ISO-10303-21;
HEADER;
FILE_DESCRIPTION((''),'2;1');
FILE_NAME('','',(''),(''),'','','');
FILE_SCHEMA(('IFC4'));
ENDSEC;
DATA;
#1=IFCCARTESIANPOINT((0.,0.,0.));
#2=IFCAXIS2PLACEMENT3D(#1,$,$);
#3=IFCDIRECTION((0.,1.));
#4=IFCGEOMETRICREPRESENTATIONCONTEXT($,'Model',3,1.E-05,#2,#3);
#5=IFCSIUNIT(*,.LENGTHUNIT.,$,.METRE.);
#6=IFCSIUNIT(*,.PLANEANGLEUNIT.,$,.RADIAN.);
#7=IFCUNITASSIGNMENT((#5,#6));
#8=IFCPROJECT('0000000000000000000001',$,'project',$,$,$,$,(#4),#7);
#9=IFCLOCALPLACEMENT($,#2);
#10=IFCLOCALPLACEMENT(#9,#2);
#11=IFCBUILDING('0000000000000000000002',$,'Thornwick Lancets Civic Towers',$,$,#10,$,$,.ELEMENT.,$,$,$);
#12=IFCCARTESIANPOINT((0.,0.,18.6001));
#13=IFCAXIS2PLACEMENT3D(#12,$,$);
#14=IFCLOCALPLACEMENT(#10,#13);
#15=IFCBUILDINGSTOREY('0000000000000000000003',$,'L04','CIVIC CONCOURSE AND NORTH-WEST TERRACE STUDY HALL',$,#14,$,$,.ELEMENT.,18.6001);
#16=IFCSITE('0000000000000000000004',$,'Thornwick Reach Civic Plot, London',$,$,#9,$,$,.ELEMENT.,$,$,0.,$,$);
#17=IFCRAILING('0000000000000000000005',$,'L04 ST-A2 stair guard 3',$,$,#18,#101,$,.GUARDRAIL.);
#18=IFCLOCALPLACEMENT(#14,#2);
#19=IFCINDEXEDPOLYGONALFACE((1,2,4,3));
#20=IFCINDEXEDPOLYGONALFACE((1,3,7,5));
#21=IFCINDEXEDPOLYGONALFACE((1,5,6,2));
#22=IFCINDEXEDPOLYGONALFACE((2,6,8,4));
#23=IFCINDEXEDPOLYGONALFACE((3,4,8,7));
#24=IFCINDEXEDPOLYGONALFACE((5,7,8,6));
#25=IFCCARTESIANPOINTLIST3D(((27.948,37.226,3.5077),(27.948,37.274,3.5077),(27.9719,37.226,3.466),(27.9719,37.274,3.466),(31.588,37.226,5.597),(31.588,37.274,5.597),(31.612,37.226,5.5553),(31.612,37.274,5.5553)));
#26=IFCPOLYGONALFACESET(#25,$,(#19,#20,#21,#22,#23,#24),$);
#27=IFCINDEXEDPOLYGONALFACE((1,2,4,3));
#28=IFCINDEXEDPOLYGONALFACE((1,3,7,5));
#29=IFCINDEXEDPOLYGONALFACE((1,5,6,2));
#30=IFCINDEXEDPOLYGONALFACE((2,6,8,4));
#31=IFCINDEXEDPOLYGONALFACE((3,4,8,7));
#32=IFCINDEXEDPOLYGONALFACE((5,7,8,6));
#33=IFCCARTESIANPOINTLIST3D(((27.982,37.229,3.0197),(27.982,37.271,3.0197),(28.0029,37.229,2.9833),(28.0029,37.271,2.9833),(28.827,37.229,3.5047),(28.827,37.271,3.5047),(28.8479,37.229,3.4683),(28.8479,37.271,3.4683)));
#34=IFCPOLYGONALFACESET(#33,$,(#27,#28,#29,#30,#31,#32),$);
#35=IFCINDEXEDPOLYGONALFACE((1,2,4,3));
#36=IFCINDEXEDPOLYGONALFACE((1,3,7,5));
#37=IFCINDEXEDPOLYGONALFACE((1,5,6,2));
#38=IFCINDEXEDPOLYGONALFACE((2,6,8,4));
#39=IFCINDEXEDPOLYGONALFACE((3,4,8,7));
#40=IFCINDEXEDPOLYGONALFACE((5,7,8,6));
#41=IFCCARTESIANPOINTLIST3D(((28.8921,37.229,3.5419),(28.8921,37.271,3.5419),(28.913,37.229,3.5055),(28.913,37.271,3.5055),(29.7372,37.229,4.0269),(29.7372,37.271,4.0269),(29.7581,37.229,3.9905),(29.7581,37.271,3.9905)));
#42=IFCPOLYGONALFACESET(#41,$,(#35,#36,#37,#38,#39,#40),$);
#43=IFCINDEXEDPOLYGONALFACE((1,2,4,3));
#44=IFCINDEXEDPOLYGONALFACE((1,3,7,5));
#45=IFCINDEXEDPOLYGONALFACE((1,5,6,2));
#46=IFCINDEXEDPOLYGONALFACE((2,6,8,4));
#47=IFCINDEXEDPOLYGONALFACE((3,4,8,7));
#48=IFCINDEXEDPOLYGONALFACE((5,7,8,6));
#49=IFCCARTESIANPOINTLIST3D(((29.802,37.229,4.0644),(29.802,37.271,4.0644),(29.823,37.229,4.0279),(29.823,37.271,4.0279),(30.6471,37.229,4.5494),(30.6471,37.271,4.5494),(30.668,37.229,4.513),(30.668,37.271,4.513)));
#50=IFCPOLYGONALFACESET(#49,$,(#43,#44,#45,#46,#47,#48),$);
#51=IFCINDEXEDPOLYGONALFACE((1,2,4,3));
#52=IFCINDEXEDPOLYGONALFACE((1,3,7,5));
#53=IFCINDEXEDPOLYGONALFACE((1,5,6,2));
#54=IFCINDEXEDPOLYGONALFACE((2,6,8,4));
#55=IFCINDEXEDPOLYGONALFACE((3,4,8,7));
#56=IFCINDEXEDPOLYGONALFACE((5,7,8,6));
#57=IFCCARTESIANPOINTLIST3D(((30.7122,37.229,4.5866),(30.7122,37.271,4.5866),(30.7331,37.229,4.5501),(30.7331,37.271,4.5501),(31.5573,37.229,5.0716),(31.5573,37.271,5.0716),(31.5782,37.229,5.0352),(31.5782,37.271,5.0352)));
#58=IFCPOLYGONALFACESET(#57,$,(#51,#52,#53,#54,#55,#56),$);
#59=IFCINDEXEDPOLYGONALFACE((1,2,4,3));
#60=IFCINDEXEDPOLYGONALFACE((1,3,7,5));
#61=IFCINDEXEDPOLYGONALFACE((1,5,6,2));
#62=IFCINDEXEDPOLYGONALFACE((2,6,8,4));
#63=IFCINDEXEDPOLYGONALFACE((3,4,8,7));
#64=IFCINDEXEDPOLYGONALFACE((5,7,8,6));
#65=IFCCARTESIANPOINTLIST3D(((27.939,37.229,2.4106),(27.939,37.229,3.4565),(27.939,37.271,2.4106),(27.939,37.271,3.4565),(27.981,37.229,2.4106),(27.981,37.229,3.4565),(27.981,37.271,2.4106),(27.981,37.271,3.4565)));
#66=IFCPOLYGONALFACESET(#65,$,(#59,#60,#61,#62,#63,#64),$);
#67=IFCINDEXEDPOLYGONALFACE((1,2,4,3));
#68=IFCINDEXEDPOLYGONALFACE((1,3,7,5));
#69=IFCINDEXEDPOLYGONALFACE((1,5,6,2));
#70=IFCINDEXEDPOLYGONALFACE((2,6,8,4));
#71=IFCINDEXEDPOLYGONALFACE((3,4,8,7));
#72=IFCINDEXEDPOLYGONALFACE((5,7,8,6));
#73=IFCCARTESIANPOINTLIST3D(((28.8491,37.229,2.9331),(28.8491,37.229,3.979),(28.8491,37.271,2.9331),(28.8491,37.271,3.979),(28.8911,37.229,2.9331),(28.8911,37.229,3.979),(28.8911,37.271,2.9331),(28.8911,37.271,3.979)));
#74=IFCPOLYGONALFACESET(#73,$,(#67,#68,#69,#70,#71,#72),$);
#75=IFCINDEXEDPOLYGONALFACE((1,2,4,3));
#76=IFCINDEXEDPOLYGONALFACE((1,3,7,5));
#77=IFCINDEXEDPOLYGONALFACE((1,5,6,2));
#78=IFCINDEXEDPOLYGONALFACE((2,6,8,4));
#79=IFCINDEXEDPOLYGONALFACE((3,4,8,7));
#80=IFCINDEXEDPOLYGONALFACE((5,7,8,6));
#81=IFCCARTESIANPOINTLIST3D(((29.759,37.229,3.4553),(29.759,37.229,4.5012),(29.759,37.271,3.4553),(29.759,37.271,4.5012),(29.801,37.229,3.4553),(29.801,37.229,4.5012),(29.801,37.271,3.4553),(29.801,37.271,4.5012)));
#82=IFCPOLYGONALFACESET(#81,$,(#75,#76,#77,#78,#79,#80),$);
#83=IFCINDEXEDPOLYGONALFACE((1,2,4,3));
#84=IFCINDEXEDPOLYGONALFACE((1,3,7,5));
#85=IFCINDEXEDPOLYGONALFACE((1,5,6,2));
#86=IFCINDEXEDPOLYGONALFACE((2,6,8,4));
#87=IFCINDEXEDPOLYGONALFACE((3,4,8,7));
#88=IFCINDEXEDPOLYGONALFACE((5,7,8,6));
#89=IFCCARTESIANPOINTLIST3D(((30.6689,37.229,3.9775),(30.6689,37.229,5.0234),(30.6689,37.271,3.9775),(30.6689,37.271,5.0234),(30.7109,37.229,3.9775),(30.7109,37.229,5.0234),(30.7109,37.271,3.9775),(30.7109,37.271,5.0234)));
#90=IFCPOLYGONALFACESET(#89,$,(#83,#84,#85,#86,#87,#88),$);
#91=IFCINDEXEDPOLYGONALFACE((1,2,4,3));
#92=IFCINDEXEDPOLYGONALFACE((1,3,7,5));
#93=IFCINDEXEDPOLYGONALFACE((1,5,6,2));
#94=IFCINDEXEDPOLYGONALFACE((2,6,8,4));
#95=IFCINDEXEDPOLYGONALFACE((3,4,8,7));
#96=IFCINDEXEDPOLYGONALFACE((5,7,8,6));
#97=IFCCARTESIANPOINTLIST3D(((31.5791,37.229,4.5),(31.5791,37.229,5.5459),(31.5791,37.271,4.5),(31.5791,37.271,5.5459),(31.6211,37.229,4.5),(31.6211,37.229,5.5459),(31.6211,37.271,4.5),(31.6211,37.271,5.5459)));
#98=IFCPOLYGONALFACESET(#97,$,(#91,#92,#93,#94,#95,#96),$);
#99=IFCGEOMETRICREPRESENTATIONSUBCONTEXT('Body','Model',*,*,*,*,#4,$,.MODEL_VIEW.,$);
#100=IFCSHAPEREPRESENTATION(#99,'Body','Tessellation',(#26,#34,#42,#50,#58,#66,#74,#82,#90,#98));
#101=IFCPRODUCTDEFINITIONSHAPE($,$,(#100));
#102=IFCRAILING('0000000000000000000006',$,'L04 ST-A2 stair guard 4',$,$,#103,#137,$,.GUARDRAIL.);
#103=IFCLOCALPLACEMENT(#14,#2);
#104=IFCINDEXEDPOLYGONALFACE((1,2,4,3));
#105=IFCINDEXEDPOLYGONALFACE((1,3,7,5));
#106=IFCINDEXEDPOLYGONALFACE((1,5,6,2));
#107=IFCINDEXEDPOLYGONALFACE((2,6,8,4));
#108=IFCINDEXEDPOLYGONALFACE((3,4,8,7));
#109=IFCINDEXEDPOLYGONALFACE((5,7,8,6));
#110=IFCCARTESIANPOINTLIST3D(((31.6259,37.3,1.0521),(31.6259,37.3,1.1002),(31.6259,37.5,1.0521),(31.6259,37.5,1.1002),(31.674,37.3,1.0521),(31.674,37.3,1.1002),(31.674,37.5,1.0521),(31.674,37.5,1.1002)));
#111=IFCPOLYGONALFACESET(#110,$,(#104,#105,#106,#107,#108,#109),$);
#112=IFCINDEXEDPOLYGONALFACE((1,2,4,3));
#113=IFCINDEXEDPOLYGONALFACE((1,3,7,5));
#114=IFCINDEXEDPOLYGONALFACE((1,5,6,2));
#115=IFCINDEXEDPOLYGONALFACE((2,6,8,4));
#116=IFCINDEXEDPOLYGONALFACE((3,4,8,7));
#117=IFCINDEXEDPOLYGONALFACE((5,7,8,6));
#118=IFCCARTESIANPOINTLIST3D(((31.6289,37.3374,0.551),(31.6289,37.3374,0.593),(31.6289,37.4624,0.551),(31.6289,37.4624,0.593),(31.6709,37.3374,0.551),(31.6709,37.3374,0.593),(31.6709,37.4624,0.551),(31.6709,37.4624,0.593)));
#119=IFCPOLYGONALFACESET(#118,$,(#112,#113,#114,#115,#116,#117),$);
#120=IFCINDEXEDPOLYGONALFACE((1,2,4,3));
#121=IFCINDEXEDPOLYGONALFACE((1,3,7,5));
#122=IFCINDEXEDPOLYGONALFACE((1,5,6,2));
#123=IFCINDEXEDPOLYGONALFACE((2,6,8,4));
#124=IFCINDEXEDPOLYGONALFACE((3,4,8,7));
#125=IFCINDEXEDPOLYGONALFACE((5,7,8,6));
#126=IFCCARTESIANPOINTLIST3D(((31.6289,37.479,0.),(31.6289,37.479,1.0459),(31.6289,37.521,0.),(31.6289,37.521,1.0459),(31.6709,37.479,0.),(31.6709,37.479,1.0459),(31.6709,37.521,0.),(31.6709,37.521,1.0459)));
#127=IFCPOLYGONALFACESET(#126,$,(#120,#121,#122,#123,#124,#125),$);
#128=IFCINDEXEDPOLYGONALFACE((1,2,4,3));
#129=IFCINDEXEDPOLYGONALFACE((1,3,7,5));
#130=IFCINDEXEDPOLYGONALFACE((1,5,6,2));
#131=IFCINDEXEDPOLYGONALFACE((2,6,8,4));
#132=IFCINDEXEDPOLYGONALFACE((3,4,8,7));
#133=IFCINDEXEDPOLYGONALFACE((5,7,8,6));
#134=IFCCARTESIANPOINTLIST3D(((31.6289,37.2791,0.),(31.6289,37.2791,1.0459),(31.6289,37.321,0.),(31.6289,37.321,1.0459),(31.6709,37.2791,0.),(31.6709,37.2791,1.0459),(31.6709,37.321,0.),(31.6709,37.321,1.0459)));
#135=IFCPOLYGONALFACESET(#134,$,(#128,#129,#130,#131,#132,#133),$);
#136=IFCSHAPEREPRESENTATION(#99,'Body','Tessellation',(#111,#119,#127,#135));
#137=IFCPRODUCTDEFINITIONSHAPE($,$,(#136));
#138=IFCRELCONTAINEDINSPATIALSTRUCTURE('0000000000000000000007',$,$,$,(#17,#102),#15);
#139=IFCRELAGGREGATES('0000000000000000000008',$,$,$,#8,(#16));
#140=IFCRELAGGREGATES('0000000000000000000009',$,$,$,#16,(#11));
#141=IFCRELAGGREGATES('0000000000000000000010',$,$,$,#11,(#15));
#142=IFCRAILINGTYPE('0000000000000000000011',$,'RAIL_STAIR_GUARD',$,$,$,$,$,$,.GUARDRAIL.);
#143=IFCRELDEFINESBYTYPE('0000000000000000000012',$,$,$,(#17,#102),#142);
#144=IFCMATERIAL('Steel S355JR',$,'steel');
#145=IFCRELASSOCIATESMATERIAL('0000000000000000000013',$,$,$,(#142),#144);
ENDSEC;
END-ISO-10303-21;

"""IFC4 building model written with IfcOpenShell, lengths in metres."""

from ifc_helpers import new_model, si_unit, direction, frame, origin, origin_2d, place, context, subcontext, project, spatial, rectangle, extrude, material, type_object, element, save


model = new_model("IFC4")

# Units and contexts
model_context = context("Model", 3, precision=1e-05, world=origin(), true_north=direction((0.0, 1.0)))
body_context = subcontext(model_context, "Body", "Model", "MODEL_VIEW")
ifc_project = project(units=[si_unit("LENGTHUNIT", "METRE"), si_unit("PLANEANGLEUNIT", "RADIAN")], contexts=[model_context])

# Site, building, storey
site_placement = place(None, origin())
site = spatial("IfcSite", under=ifc_project, at=site_placement, Name="Thornwick Reach Civic Plot, London", CompositionType="ELEMENT", RefElevation=0.0)
building_placement = place(site_placement, origin())
building = spatial("IfcBuilding", under=site, at=building_placement, Name="Thornwick Lancets Civic Towers", CompositionType="ELEMENT")
storey_placement = place(building_placement, frame((0.0, 0.0, 18.6001)))
storey = spatial("IfcBuildingStorey", under=building, at=storey_placement, Name="L04", Description="CIVIC CONCOURSE AND NORTH-WEST TERRACE STUDY HALL", CompositionType="ELEMENT", Elevation=18.6001)

# Shared definitions
ifc_material_1 = material(Name="Steel S355JR", Category="steel")

# Railings
railing_type_1 = type_object("IfcRailingType", Name="RAIL_STAIR_GUARD", PredefinedType="GUARDRAIL", material=ifc_material_1)
railing_1_placement = place(storey_placement, frame((27.96, 37.25, 2.4106)))
element("IfcRailing", 1, at=railing_1_placement, inside=storey, type_object=railing_type_1, Name="L04 ST-A2 stair guard 3", PredefinedType="GUARDRAIL", context=body_context, shape_type="SweptSolid", body=[
    extrude(rectangle(XDim=0.0481, YDim=0.0481, at=origin_2d()), frame((0.0, 0.0, 1.0762), z_axis=(0.867289, 0.0, 0.497804), x_axis=(0.0, 1.0, 0.0)), (0.0, 0.0, 1.0), 4.197),
    extrude(rectangle(XDim=0.042, YDim=0.042, at=origin_2d()), frame((0.0325, 0.0, 0.5908), z_axis=(0.867289, 0.0, 0.497804), x_axis=(0.0, 1.0, 0.0)), (0.0, 0.0, 1.0), 0.9744),
    extrude(rectangle(XDim=0.042, YDim=0.042, at=origin_2d()), frame((0.9426, 0.0, 1.113), z_axis=(0.867289, 0.0, 0.497804), x_axis=(0.0, 1.0, 0.0)), (0.0, 0.0, 1.0), 0.9744),
    extrude(rectangle(XDim=0.042, YDim=0.042, at=origin_2d()), frame((1.8525, 0.0, 1.6355), z_axis=(0.867289, 0.0, 0.497804), x_axis=(0.0, 1.0, 0.0)), (0.0, 0.0, 1.0), 0.9744),
    extrude(rectangle(XDim=0.042, YDim=0.042, at=origin_2d()), frame((2.7627, 0.0, 2.1577), z_axis=(0.867289, 0.0, 0.497804), x_axis=(0.0, 1.0, 0.0)), (0.0, 0.0, 1.0), 0.9744),
    extrude(rectangle(XDim=0.042, YDim=0.042, at=origin_2d()), origin(), (0.0, 0.0, 1.0), 1.0459),
    extrude(rectangle(XDim=0.042, YDim=0.042, at=origin_2d()), frame((0.9102, 0.0, 0.5225)), (0.0, 0.0, 1.0), 1.0459),
    extrude(rectangle(XDim=0.042, YDim=0.042, at=origin_2d()), frame((1.8201, 0.0, 1.0447)), (0.0, 0.0, 1.0), 1.0459),
    extrude(rectangle(XDim=0.042, YDim=0.042, at=origin_2d()), frame((2.73, 0.0, 1.5669)), (0.0, 0.0, 1.0), 1.0459),
    extrude(rectangle(XDim=0.042, YDim=0.042, at=origin_2d()), frame((3.6401, 0.0, 2.0894)), (0.0, 0.0, 1.0), 1.0459),
])
railing_2_placement = place(storey_placement, frame((31.6499, 37.5, 0.0)))
element("IfcRailing", 2, at=railing_2_placement, inside=storey, type_object=railing_type_1, Name="L04 ST-A2 stair guard 4", PredefinedType="GUARDRAIL", context=body_context, shape_type="SweptSolid", body=[
    extrude(rectangle(XDim=0.0481, YDim=0.0481, at=origin_2d()), frame((0.0, 0.0, 1.0762), z_axis=(0.0, -1.0, 0.0), x_axis=(1.0, 0.0, 0.0)), (0.0, 0.0, 1.0), 0.2),
    extrude(rectangle(XDim=0.042, YDim=0.042, at=origin_2d()), frame((0.0, -0.0376, 0.572), z_axis=(0.0, -1.0, 0.0), x_axis=(1.0, 0.0, 0.0)), (0.0, 0.0, 1.0), 0.125),
    extrude(rectangle(XDim=0.042, YDim=0.042, at=origin_2d()), origin(), (0.0, 0.0, 1.0), 1.0459),
    extrude(rectangle(XDim=0.042, YDim=0.042, at=origin_2d()), frame((0.0, -0.2, 0.0)), (0.0, 0.0, 1.0), 1.0459),
])

save(model, "model.ifc")
